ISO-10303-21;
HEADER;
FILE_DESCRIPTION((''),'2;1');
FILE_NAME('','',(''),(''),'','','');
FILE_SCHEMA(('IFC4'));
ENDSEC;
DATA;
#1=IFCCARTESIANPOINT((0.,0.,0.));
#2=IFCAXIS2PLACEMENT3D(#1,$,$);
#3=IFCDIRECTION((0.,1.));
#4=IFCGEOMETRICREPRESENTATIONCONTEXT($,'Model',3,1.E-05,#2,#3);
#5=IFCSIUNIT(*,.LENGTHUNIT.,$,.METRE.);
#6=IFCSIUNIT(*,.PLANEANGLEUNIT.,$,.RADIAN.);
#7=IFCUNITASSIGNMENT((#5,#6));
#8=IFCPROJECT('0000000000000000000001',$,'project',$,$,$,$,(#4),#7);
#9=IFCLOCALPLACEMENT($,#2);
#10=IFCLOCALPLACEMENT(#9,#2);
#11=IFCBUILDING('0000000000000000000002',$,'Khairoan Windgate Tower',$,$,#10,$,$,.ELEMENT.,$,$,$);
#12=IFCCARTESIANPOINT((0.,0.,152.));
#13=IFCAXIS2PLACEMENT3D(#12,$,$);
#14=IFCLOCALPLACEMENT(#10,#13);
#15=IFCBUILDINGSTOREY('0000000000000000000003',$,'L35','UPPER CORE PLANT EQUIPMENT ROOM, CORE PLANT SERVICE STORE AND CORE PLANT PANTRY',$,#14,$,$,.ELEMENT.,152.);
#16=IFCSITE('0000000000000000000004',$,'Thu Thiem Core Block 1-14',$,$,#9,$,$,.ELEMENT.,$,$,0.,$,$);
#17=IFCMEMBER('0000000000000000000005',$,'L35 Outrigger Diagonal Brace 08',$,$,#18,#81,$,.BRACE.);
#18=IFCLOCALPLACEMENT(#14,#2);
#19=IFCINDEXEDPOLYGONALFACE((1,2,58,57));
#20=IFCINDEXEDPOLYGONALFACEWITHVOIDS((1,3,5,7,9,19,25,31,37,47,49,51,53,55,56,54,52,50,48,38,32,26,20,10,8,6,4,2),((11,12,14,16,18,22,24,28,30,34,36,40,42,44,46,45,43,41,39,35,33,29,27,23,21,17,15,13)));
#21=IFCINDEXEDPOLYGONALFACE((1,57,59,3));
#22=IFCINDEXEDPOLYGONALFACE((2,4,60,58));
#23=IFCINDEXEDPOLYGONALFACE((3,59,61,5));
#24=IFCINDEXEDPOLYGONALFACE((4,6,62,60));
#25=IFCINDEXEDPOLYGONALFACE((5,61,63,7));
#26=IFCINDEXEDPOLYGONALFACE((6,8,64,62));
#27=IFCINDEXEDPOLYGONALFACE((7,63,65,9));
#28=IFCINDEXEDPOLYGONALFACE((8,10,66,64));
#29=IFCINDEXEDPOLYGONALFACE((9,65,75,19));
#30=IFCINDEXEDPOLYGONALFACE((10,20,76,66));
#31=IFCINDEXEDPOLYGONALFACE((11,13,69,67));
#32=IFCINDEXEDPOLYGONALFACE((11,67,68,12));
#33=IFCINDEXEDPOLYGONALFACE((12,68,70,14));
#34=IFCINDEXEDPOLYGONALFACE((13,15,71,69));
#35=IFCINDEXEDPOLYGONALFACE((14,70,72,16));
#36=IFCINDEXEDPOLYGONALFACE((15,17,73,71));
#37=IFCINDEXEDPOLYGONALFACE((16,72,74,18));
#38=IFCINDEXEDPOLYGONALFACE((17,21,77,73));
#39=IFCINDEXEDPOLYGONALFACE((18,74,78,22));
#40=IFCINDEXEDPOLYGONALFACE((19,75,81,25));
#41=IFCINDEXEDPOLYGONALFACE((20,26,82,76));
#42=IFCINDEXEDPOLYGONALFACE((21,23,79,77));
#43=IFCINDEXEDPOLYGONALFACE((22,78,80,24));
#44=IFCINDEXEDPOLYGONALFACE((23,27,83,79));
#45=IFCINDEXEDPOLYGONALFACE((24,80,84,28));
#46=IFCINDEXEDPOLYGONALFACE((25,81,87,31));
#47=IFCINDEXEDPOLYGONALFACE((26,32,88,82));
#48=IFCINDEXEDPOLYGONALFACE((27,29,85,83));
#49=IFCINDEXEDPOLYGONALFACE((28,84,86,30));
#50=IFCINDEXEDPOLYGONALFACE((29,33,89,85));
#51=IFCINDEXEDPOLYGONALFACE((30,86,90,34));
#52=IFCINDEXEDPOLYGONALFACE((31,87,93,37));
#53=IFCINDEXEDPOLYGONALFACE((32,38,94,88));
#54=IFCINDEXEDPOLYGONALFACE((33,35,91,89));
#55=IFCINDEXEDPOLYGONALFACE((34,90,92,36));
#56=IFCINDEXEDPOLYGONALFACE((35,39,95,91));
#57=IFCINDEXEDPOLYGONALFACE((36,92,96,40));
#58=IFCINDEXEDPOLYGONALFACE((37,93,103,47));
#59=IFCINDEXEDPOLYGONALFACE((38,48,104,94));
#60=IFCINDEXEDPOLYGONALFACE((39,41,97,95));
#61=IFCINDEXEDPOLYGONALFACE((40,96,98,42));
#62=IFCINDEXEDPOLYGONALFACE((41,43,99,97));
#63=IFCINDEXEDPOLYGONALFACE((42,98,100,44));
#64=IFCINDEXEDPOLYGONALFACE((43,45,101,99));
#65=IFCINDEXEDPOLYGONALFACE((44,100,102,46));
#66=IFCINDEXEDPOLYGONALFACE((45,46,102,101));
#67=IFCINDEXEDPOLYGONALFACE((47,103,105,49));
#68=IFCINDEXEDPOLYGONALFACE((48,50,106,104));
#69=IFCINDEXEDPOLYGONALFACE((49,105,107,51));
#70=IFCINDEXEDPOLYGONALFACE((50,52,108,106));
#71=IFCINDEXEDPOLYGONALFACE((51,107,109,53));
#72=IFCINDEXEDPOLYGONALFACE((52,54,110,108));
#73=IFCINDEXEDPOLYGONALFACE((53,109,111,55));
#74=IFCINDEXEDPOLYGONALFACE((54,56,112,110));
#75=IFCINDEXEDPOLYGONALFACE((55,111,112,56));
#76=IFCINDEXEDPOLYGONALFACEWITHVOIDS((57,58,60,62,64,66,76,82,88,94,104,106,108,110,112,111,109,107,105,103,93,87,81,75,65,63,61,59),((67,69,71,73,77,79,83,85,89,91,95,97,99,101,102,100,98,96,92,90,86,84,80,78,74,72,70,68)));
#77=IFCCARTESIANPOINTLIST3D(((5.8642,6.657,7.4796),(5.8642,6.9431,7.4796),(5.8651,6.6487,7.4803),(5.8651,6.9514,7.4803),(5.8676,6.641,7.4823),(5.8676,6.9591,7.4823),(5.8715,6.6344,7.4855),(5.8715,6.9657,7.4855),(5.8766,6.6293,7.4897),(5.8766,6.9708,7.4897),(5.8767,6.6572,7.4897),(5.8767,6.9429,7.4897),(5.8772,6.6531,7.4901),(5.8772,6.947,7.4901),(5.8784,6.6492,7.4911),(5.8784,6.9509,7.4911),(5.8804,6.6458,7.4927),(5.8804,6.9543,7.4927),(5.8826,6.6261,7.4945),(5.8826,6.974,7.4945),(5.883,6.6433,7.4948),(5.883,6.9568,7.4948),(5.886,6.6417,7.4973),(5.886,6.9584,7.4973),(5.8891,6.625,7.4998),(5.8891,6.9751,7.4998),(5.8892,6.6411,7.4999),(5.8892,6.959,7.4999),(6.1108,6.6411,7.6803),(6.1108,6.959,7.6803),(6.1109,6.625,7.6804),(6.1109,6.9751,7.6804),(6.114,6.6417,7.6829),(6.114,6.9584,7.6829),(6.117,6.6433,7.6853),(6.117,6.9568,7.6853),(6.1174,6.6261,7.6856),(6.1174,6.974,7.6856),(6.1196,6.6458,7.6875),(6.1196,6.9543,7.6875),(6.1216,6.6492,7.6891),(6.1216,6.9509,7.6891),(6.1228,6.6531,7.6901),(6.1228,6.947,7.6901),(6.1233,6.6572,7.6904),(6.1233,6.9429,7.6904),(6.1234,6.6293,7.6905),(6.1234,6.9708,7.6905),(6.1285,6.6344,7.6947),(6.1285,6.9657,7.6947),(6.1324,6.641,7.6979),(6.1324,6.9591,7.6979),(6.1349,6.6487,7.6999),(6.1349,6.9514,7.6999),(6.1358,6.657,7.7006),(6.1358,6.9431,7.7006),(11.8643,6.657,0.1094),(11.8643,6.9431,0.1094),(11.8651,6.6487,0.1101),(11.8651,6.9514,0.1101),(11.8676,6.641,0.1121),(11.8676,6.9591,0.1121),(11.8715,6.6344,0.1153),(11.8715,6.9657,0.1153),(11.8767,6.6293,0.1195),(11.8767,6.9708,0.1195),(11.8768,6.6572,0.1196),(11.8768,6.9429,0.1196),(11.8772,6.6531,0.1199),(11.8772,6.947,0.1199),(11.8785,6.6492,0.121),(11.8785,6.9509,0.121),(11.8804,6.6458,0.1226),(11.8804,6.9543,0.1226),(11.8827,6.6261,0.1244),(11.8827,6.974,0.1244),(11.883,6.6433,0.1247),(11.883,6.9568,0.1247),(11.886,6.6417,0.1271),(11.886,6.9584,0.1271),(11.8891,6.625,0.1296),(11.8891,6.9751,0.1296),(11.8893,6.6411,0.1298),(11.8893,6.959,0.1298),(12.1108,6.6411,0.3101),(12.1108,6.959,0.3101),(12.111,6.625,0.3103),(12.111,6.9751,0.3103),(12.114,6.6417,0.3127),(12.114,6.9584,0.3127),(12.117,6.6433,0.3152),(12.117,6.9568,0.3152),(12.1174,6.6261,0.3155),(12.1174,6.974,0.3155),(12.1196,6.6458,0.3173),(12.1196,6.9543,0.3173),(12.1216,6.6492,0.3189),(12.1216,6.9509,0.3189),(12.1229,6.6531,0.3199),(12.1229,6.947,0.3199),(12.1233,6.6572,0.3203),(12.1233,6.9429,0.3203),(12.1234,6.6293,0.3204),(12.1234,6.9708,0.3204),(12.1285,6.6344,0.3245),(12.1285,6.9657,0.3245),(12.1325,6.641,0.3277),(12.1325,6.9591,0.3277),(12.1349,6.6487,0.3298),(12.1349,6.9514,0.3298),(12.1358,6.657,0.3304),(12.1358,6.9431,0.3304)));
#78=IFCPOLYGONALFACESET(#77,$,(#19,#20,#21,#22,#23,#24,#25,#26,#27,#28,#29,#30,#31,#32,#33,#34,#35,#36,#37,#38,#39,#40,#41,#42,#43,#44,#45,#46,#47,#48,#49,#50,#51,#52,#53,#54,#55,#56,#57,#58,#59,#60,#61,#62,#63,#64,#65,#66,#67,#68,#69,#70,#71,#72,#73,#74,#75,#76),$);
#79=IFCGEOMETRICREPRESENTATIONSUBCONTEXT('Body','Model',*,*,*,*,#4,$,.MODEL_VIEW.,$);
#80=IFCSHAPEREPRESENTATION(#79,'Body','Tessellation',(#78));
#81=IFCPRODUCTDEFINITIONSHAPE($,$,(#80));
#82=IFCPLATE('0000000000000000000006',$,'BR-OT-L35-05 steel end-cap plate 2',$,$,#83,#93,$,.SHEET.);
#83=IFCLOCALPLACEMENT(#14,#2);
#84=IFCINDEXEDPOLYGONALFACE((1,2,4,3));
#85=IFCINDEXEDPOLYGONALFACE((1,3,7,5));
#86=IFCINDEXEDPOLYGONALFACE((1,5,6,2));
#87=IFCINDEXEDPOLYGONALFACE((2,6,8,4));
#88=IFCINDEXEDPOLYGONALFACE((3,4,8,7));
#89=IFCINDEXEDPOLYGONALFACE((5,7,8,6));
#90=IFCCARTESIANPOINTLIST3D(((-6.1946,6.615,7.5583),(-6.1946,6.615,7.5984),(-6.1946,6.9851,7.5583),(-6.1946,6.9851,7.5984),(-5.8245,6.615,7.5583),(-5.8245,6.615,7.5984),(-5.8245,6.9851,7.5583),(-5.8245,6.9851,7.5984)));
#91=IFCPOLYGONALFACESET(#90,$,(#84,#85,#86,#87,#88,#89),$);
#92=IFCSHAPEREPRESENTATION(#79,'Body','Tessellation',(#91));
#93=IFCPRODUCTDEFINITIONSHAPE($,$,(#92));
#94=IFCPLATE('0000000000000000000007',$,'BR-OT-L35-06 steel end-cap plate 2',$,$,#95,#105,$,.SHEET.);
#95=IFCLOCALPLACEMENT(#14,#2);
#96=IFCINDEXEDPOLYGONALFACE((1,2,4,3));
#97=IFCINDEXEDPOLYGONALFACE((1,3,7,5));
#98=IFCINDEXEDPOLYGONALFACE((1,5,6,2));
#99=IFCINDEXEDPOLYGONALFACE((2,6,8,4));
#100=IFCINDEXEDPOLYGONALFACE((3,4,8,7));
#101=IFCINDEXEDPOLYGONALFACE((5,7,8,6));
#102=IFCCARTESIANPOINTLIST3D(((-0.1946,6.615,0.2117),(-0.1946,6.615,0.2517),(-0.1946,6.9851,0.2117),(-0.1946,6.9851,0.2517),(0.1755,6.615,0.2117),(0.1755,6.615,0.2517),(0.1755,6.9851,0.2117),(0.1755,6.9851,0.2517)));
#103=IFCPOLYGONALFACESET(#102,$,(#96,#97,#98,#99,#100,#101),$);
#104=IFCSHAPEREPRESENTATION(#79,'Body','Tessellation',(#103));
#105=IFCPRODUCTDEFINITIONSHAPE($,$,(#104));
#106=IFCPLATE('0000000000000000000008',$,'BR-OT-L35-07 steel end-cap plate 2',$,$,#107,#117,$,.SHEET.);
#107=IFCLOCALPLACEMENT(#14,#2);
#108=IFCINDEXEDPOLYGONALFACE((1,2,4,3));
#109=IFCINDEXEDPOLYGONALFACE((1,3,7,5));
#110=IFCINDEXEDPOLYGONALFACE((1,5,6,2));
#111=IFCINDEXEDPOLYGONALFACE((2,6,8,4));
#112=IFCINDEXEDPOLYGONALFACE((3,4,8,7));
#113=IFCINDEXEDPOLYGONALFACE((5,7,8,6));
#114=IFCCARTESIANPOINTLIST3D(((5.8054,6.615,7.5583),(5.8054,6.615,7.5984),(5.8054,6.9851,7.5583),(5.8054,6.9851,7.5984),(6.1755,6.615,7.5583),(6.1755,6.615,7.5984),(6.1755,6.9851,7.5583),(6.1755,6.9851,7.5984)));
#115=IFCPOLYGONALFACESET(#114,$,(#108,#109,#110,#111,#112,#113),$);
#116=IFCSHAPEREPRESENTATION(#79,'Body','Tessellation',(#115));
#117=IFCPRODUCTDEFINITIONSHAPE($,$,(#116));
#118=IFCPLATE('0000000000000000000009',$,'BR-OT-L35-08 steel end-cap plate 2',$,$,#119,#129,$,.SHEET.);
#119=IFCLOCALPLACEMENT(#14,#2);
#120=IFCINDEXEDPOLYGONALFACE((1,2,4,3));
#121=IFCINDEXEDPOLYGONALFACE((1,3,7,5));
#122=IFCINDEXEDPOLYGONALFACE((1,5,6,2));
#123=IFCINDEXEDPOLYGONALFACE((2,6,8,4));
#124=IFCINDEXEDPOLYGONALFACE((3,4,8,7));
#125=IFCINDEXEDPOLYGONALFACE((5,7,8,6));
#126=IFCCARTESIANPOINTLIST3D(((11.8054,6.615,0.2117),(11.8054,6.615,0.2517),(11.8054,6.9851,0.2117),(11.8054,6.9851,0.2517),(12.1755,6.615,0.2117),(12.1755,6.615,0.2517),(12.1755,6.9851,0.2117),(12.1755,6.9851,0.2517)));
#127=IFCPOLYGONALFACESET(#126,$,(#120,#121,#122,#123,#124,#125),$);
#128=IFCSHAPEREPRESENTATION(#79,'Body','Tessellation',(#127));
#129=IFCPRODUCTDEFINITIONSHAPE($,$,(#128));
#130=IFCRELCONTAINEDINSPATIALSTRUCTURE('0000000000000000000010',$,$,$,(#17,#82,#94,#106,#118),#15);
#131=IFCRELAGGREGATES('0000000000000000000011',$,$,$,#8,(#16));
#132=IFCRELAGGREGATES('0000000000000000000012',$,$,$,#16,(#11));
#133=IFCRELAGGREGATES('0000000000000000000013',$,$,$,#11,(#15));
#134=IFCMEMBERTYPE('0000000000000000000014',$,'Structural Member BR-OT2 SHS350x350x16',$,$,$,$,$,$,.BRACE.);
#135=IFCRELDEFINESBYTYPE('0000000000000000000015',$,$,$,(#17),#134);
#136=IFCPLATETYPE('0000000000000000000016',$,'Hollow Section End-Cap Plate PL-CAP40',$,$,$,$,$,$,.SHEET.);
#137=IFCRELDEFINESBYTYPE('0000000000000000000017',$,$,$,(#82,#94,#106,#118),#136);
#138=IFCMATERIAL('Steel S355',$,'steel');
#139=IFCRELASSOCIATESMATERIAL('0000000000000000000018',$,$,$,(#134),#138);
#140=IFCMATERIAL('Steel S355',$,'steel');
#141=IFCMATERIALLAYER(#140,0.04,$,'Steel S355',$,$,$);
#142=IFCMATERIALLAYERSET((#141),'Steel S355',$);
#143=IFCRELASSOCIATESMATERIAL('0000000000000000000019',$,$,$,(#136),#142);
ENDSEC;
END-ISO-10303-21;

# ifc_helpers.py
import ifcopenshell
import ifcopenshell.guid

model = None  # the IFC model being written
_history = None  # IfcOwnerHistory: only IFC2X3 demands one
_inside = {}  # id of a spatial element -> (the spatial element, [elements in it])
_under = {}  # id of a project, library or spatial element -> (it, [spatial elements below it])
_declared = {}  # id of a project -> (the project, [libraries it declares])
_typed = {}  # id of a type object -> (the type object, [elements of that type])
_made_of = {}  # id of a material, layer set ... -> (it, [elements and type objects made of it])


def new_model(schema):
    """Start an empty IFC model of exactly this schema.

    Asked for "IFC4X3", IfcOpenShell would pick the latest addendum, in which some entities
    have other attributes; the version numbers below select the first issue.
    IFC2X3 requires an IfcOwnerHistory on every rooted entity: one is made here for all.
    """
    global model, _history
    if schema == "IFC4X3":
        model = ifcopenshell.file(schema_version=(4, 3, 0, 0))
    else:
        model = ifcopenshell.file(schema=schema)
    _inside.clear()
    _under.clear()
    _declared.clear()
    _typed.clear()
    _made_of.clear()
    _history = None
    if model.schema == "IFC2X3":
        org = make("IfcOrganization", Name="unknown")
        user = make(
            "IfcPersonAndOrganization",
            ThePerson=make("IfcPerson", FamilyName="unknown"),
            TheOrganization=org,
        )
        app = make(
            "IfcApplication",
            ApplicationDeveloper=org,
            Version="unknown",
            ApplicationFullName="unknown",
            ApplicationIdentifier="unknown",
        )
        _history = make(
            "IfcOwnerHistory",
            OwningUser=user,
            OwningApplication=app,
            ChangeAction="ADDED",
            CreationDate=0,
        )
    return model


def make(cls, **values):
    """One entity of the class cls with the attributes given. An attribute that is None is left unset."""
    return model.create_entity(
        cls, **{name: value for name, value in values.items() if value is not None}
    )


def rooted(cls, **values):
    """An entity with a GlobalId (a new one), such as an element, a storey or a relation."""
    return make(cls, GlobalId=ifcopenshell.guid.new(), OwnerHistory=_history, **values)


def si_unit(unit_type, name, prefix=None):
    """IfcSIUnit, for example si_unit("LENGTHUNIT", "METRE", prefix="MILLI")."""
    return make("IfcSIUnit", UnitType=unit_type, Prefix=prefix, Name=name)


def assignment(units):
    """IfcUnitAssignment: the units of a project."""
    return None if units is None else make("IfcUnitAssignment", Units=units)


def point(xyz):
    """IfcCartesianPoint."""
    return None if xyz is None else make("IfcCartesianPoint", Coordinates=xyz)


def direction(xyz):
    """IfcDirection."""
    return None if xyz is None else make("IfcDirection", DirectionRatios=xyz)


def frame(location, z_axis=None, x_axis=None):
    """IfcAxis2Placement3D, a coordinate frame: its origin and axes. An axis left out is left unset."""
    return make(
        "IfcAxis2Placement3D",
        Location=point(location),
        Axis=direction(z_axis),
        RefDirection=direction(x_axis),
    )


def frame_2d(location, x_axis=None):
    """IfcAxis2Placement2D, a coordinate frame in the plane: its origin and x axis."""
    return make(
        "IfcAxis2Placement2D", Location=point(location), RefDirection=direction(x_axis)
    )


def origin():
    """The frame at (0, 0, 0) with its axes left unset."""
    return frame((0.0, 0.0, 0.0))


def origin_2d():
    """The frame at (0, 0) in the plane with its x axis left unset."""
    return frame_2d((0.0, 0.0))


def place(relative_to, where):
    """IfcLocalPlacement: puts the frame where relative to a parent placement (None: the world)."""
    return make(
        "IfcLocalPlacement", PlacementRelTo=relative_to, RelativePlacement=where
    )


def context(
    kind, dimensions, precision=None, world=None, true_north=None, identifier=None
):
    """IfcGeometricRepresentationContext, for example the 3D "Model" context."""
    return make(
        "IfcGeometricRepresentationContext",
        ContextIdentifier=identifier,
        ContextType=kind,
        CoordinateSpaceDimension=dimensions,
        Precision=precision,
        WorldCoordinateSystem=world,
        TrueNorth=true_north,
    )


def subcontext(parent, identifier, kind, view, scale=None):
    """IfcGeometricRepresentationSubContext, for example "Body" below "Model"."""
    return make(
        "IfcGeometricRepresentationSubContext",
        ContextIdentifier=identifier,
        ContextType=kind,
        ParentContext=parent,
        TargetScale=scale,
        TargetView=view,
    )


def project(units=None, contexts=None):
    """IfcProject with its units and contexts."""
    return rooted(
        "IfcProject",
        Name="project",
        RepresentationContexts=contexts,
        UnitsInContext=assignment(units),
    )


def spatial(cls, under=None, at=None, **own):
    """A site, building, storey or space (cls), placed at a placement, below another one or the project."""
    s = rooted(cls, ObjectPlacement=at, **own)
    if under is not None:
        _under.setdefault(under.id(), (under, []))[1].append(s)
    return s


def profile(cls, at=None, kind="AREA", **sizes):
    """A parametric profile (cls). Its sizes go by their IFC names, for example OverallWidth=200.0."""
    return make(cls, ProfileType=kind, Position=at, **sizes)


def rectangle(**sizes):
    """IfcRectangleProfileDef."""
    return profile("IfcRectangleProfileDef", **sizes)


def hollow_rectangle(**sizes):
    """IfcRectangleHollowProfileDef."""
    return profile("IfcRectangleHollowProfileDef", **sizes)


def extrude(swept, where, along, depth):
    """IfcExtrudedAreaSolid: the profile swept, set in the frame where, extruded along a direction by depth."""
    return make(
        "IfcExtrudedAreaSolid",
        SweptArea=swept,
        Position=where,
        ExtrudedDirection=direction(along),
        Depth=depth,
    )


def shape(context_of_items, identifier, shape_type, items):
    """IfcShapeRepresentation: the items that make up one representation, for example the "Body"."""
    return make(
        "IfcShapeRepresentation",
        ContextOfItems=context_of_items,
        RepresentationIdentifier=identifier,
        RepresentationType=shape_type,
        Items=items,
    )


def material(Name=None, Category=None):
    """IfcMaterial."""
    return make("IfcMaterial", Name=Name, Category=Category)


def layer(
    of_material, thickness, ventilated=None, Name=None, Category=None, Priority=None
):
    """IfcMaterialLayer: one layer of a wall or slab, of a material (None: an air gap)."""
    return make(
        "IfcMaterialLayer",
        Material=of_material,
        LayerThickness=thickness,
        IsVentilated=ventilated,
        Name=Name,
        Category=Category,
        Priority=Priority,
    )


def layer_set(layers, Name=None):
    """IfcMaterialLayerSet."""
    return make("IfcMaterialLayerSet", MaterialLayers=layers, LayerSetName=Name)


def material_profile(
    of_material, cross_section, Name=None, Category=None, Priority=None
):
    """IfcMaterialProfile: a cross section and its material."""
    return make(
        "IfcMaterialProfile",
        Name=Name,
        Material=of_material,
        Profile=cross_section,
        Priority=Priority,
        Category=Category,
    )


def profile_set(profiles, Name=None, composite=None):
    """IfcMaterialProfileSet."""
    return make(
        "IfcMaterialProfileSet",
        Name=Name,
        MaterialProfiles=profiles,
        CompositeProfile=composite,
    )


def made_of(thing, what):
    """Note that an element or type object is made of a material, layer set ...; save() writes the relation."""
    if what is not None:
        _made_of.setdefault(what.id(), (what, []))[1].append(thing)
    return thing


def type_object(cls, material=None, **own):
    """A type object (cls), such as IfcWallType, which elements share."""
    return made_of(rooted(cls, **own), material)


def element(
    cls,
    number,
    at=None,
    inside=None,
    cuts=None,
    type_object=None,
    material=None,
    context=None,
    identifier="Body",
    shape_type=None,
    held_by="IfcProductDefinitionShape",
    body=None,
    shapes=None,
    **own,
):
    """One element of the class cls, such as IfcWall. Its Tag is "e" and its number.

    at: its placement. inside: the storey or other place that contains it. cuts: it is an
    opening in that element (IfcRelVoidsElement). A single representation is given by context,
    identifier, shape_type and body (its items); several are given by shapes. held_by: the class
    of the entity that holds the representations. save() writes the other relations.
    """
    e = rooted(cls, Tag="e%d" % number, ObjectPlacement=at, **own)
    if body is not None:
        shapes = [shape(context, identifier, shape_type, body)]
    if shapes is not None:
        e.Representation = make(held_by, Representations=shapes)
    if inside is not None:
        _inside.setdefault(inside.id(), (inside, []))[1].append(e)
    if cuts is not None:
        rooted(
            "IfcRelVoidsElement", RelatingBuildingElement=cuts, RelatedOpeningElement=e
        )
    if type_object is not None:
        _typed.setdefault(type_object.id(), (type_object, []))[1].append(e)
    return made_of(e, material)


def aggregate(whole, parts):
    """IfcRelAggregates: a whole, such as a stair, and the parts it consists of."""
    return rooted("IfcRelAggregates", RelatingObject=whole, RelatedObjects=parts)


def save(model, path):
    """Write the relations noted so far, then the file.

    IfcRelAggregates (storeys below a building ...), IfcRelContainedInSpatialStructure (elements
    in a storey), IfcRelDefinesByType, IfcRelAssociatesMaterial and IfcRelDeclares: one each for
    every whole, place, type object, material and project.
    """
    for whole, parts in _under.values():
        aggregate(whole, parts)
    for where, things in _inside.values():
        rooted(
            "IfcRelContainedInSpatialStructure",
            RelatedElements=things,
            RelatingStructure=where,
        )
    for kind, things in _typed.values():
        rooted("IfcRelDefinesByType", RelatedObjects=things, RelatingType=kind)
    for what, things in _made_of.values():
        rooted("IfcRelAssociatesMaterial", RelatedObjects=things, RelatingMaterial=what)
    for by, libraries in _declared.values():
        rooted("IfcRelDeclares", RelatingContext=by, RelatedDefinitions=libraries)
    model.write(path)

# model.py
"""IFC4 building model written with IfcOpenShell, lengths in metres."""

from ifc_helpers import new_model, si_unit, direction, frame, origin, origin_2d, place, context, subcontext, project, spatial, rectangle, hollow_rectangle, extrude, material, layer, layer_set, material_profile, profile_set, type_object, element, save


model = new_model("IFC4")

# Units and contexts
model_context = context("Model", 3, precision=1e-05, world=origin(), true_north=direction((0.0, 1.0)))
body_context = subcontext(model_context, "Body", "Model", "MODEL_VIEW")
ifc_project = project(units=[si_unit("LENGTHUNIT", "METRE"), si_unit("PLANEANGLEUNIT", "RADIAN")], contexts=[model_context])

# Site, building, storey
site_placement = place(None, origin())
site = spatial("IfcSite", under=ifc_project, at=site_placement, Name="Thu Thiem Core Block 1-14", CompositionType="ELEMENT", RefElevation=0.0)
building_placement = place(site_placement, origin())
building = spatial("IfcBuilding", under=site, at=building_placement, Name="Khairoan Windgate Tower", CompositionType="ELEMENT")
storey_placement = place(building_placement, frame((0.0, 0.0, 152.0)))
storey = spatial("IfcBuildingStorey", under=building, at=storey_placement, Name="L35", Description="UPPER CORE PLANT EQUIPMENT ROOM, CORE PLANT SERVICE STORE AND CORE PLANT PANTRY", CompositionType="ELEMENT", Elevation=152.0)

# Member
ifc_material_1 = material(Name="Steel S355", Category="steel")
ifc_material_profile_1 = material_profile(ifc_material_1, hollow_rectangle(XDim=0.3501, YDim=0.3501, WallThickness=0.0161, InnerFilletRadius=0.0161, OuterFilletRadius=0.032, at=origin_2d()))
ifc_profile_set_1 = profile_set([ifc_material_profile_1], Name="Steel S355")
member_type = type_object("IfcMemberType", Name="Structural Member BR-OT2 SHS350x350x16", PredefinedType="BRACE", material=ifc_profile_set_1)
for number, where, z_axis, x_axis, name in (
    (1, (6.0, 6.8, 7.5901), (0.631339, 0.0, -0.775507), (0.0, 1.0, 0.0), "L35 Outrigger Diagonal Brace 08"),
):
    element("IfcMember", number, at=place(storey_placement, frame(where, z_axis=z_axis, x_axis=x_axis)), inside=storey, type_object=member_type, Name=name, PredefinedType="BRACE", context=body_context, shape_type="SweptSolid", body=[
        extrude(hollow_rectangle(XDim=0.3501, YDim=0.3501, WallThickness=0.0161, InnerFilletRadius=0.0161, OuterFilletRadius=0.032, at=origin_2d()), origin(), (0.0, 0.0, 1.0), 9.5037),
    ])

# Plates
ifc_material_2 = material(Name="Steel S355", Category="steel")
ifc_layer_1 = layer(ifc_material_2, 0.04, Name="Steel S355")
ifc_layer_set_1 = layer_set([ifc_layer_1], Name="Steel S355")
plate_type_1 = type_object("IfcPlateType", Name="Hollow Section End-Cap Plate PL-CAP40", PredefinedType="SHEET", material=ifc_layer_set_1)
for number, where, z_axis, x_axis, name in (
    (2, (-6.0095, 6.8, 7.5583), (0.0, 0.0, 1.0), (1.0, 0.0, 0.0), "BR-OT-L35-05 steel end-cap plate 2"),
    (3, (-0.0095, 6.8, 0.2117), (0.0, 0.0, 1.0), (1.0, 0.0, 0.0), "BR-OT-L35-06 steel end-cap plate 2"),
    (4, (5.9905, 6.8, 7.5583), (0.0, 0.0, 1.0), (1.0, 0.0, 0.0), "BR-OT-L35-07 steel end-cap plate 2"),
    (5, (11.9905, 6.8, 0.2117), (0.0, 0.0, 1.0), (1.0, 0.0, 0.0), "BR-OT-L35-08 steel end-cap plate 2"),
):
    element("IfcPlate", number, at=place(storey_placement, frame(where, z_axis=z_axis, x_axis=x_axis)), inside=storey, type_object=plate_type_1, Name=name, PredefinedType="SHEET", context=body_context, shape_type="SweptSolid", body=[
        extrude(rectangle(XDim=0.3701, YDim=0.3701, at=origin_2d()), origin(), (0.0, 0.0, 1.0), 0.04),
    ])

save(model, "model.ifc")
